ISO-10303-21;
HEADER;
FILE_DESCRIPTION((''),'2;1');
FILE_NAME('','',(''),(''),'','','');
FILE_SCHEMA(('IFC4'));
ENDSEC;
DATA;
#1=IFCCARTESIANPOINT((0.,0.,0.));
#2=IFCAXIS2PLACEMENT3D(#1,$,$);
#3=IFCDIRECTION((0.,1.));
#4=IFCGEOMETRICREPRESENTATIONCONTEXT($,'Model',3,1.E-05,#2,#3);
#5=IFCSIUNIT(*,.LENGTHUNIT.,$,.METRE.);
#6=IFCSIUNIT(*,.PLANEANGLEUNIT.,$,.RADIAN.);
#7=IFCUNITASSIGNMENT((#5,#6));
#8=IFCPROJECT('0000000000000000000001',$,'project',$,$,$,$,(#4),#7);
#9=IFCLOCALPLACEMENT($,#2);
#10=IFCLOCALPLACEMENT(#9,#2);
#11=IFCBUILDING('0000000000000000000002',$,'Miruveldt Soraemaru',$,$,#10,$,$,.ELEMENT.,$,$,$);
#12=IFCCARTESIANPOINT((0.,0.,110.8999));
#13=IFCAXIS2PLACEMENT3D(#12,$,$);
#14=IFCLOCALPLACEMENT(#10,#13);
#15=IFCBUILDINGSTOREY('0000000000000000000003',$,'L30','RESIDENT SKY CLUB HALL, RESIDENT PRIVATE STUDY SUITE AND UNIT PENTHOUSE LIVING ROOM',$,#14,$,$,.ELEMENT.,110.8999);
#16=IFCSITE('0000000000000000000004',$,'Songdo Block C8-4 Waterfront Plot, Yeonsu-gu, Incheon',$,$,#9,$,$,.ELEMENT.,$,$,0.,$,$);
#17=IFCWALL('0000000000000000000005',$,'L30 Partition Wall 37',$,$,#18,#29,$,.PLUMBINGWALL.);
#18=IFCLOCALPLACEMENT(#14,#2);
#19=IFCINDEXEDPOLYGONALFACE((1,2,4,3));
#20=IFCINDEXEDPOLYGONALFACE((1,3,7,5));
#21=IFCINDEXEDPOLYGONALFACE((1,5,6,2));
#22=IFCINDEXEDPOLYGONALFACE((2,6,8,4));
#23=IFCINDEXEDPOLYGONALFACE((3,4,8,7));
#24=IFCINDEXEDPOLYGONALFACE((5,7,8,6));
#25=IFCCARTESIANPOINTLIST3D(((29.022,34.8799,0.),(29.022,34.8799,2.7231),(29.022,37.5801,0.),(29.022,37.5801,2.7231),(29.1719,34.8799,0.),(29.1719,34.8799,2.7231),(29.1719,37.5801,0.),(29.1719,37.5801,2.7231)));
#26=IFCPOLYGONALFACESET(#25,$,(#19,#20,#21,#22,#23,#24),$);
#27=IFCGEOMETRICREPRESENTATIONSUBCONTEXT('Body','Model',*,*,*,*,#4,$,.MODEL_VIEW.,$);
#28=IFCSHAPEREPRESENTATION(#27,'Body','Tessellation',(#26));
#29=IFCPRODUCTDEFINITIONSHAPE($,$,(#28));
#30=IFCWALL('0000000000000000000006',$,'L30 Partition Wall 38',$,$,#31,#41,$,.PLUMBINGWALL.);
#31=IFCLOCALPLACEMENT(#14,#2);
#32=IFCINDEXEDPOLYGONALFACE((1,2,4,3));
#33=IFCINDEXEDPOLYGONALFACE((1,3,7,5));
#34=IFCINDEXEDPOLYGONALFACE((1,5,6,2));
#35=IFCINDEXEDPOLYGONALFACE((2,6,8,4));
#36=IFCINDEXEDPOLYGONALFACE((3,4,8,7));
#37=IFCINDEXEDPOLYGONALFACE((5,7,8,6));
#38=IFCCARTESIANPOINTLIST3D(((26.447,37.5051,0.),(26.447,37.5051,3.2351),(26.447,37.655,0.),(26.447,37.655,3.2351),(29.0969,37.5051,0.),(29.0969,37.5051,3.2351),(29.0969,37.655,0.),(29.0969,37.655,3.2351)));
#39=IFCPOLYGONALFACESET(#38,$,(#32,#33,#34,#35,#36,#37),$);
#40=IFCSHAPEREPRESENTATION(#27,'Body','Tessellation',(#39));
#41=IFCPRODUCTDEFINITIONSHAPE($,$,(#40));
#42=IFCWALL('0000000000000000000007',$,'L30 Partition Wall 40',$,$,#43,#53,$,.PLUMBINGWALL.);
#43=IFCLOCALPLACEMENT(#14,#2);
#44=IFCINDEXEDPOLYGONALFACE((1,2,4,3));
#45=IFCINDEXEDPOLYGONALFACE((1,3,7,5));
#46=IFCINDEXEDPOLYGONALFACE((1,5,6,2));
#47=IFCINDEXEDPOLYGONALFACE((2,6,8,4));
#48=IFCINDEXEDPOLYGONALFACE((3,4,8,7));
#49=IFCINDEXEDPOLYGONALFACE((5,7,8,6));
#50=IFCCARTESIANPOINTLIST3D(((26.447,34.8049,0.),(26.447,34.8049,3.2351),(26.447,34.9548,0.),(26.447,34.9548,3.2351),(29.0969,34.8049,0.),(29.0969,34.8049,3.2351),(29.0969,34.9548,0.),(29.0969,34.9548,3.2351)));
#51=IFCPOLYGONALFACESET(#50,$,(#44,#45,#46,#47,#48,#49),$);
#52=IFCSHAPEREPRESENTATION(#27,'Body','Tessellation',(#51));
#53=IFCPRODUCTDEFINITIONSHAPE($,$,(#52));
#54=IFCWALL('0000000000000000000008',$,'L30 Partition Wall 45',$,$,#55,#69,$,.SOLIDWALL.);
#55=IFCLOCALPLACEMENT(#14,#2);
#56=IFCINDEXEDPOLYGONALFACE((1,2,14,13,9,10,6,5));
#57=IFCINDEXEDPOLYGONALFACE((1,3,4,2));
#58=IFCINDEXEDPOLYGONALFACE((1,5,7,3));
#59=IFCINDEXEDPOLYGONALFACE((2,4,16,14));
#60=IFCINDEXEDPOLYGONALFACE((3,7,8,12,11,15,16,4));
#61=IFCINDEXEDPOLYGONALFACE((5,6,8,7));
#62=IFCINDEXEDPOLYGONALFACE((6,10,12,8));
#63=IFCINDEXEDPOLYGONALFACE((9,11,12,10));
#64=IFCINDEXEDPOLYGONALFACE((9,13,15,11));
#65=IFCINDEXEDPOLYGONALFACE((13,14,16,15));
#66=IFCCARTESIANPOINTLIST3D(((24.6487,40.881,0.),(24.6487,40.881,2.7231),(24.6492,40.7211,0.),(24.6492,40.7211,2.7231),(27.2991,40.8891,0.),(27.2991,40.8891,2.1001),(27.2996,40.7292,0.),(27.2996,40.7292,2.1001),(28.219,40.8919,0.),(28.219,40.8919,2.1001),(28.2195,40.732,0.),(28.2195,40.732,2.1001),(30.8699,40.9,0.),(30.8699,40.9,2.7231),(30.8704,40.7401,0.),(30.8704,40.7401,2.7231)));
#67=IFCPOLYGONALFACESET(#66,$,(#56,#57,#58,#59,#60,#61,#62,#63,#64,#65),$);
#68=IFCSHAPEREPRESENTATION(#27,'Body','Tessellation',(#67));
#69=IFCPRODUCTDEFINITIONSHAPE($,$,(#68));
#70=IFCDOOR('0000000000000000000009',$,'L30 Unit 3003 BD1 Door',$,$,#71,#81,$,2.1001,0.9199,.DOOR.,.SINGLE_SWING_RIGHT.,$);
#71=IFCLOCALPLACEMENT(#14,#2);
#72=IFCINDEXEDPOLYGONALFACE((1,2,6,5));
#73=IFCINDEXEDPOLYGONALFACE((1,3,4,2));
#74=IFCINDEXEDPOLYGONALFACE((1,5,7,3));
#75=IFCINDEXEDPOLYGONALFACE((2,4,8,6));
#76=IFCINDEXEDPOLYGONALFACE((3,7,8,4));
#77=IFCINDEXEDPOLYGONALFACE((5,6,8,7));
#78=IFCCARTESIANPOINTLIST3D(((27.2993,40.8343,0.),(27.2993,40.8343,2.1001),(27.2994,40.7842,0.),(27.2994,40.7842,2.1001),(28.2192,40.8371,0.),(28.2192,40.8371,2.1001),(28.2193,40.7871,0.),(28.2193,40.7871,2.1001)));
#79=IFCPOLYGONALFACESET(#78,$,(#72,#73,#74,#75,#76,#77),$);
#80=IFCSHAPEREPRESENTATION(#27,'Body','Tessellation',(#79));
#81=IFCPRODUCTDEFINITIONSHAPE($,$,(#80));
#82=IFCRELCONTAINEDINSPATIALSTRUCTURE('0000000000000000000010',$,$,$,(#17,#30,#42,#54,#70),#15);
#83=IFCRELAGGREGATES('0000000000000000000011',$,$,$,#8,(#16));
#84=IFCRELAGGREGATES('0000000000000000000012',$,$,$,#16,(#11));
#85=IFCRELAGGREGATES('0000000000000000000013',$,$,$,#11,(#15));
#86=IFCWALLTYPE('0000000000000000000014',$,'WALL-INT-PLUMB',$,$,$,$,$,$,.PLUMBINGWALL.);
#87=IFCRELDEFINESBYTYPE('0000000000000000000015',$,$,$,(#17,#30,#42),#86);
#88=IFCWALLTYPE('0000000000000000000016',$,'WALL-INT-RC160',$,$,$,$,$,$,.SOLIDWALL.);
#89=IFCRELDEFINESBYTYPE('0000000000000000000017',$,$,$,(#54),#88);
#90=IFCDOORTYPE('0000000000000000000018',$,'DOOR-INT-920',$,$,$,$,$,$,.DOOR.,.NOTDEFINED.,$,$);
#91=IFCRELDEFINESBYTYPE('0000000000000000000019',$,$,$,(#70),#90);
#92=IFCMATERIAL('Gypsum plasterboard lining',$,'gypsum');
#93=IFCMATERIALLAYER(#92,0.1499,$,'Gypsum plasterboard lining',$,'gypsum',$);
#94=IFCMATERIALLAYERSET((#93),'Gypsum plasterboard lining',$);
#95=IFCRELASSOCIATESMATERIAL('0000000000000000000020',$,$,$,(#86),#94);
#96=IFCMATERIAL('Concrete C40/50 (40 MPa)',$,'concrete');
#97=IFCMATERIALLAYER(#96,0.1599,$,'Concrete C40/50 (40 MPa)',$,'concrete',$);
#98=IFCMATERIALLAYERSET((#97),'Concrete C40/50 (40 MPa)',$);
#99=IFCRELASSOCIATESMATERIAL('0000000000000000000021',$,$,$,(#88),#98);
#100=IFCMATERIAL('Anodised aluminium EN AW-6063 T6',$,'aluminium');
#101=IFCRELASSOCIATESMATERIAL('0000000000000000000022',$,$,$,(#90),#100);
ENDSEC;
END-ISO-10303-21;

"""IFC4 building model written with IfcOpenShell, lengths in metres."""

from ifc_helpers import new_model, si_unit, direction, frame, frame_2d, origin, place, context, subcontext, project, spatial, rectangle, extrude, material, layer, layer_set, type_object, element, fill, save


model = new_model("IFC4")

# Units and contexts
model_context = context("Model", 3, precision=1e-05, world=origin(), true_north=direction((0.0, 1.0)))
body_context = subcontext(model_context, "Body", "Model", "MODEL_VIEW")
ifc_project = project(units=[si_unit("LENGTHUNIT", "METRE"), si_unit("PLANEANGLEUNIT", "RADIAN")], contexts=[model_context])

# Site, building, storey
site_placement = place(None, origin())
site = spatial("IfcSite", under=ifc_project, at=site_placement, Name="Songdo Block C8-4 Waterfront Plot, Yeonsu-gu, Incheon", CompositionType="ELEMENT", RefElevation=0.0)
building_placement = place(site_placement, origin())
building = spatial("IfcBuilding", under=site, at=building_placement, Name="Miruveldt Soraemaru", CompositionType="ELEMENT")
storey_placement = place(building_placement, frame((0.0, 0.0, 110.8999)))
storey = spatial("IfcBuildingStorey", under=building, at=storey_placement, Name="L30", Description="RESIDENT SKY CLUB HALL, RESIDENT PRIVATE STUDY SUITE AND UNIT PENTHOUSE LIVING ROOM", CompositionType="ELEMENT", Elevation=110.8999)

# Shared definitions
ifc_material_1 = material(Name="Gypsum plasterboard lining", Category="gypsum")
ifc_layer_1 = layer(ifc_material_1, 0.1499, Name="Gypsum plasterboard lining", Category="gypsum")
ifc_layer_set_1 = layer_set([ifc_layer_1], Name="Gypsum plasterboard lining")
wall_type_1 = type_object("IfcWallType", Name="WALL-INT-PLUMB", PredefinedType="PLUMBINGWALL", material=ifc_layer_set_1)
ifc_material_2 = material(Name="Anodised aluminium EN AW-6063 T6", Category="aluminium")

# Walls
wall_1_placement = place(storey_placement, frame((29.0969, 34.8799, 0.0), z_axis=(0.0, 0.0, 1.0), x_axis=(0.0, 1.0, 0.0)))
element("IfcWall", 1, at=wall_1_placement, inside=storey, type_object=wall_type_1, Name="L30 Partition Wall 37", PredefinedType="PLUMBINGWALL", context=body_context, shape_type="SweptSolid", body=[
    extrude(rectangle(XDim=2.7002, YDim=0.1499, at=frame_2d((1.3501, 0.0))), origin(), (0.0, 0.0, 1.0), 2.7231),
])
for number, where, z_axis, x_axis, name in (
    (2, (29.0969, 37.5801, 0.0), (0.0, 0.0, 1.0), (-1.0, 0.0, 0.0), "L30 Partition Wall 38"),
    (3, (26.447, 34.8799, 0.0), (0.0, 0.0, 1.0), (1.0, 0.0, 0.0), "L30 Partition Wall 40"),
):
    element("IfcWall", number, at=place(storey_placement, frame(where, z_axis=z_axis, x_axis=x_axis)), inside=storey, type_object=wall_type_1, Name=name, PredefinedType="PLUMBINGWALL", context=body_context, shape_type="SweptSolid", body=[
        extrude(rectangle(XDim=2.6499, YDim=0.1499, at=frame_2d((1.325, 0.0))), origin(), (0.0, 0.0, 1.0), 3.2351),
    ])

# Wall, opening, door
ifc_material_3 = material(Name="Concrete C40/50 (40 MPa)", Category="concrete")
ifc_layer_2 = layer(ifc_material_3, 0.1599, Name="Concrete C40/50 (40 MPa)", Category="concrete")
ifc_layer_set_2 = layer_set([ifc_layer_2], Name="Concrete C40/50 (40 MPa)")
wall_type_2 = type_object("IfcWallType", Name="WALL-INT-RC160", PredefinedType="SOLIDWALL", material=ifc_layer_set_2)
wall_2_placement = place(storey_placement, frame((30.8701, 40.8201, 0.0), z_axis=(0.0, 0.0, 1.0), x_axis=(-0.999995, -0.003061, 0.0)))
wall_2 = element("IfcWall", 4, at=wall_2_placement, inside=storey, type_object=wall_type_2, Name="L30 Partition Wall 45", PredefinedType="SOLIDWALL", context=body_context, shape_type="SweptSolid", body=[
    extrude(rectangle(XDim=6.2212, YDim=0.1599, at=frame_2d((3.1106, 0.0))), origin(), (0.0, 0.0, 1.0), 2.7231),
])
opening_1_placement = place(wall_2_placement, frame((2.6509, 0.0, 0.0)))
opening_1 = element("IfcOpeningElement", 5, at=opening_1_placement, cuts=wall_2, PredefinedType="OPENING", context=body_context, shape_type="SweptSolid", body=[
    extrude(rectangle(XDim=0.9199, YDim=2.1001, at=frame_2d((0.46, 1.05))), frame((0.0, 0.0898, 0.0), z_axis=(0.0, -1.0, 0.0), x_axis=(1.0, 0.0, 0.0)), (0.0, 0.0, 1.0), 0.1799),
])
door_type_1 = type_object("IfcDoorType", Name="DOOR-INT-920", OperationType="NOTDEFINED", PredefinedType="DOOR", material=ifc_material_2)
door_1_placement = place(opening_1_placement, origin())
door_1 = element("IfcDoor", 6, at=door_1_placement, inside=storey, type_object=door_type_1, Name="L30 Unit 3003 BD1 Door", OperationType="SINGLE_SWING_RIGHT", OverallHeight=2.1001, OverallWidth=0.9199, PredefinedType="DOOR", context=body_context, shape_type="SweptSolid", body=[
    extrude(rectangle(XDim=0.9199, YDim=2.1001, at=frame_2d((0.46, 1.05))), frame((0.0, 0.0249, 0.0), z_axis=(0.0, -1.0, 0.0), x_axis=(1.0, 0.0, 0.0)), (0.0, 0.0, 1.0), 0.05),
])
fill(opening_1, door_1)

save(model, "model.ifc")
